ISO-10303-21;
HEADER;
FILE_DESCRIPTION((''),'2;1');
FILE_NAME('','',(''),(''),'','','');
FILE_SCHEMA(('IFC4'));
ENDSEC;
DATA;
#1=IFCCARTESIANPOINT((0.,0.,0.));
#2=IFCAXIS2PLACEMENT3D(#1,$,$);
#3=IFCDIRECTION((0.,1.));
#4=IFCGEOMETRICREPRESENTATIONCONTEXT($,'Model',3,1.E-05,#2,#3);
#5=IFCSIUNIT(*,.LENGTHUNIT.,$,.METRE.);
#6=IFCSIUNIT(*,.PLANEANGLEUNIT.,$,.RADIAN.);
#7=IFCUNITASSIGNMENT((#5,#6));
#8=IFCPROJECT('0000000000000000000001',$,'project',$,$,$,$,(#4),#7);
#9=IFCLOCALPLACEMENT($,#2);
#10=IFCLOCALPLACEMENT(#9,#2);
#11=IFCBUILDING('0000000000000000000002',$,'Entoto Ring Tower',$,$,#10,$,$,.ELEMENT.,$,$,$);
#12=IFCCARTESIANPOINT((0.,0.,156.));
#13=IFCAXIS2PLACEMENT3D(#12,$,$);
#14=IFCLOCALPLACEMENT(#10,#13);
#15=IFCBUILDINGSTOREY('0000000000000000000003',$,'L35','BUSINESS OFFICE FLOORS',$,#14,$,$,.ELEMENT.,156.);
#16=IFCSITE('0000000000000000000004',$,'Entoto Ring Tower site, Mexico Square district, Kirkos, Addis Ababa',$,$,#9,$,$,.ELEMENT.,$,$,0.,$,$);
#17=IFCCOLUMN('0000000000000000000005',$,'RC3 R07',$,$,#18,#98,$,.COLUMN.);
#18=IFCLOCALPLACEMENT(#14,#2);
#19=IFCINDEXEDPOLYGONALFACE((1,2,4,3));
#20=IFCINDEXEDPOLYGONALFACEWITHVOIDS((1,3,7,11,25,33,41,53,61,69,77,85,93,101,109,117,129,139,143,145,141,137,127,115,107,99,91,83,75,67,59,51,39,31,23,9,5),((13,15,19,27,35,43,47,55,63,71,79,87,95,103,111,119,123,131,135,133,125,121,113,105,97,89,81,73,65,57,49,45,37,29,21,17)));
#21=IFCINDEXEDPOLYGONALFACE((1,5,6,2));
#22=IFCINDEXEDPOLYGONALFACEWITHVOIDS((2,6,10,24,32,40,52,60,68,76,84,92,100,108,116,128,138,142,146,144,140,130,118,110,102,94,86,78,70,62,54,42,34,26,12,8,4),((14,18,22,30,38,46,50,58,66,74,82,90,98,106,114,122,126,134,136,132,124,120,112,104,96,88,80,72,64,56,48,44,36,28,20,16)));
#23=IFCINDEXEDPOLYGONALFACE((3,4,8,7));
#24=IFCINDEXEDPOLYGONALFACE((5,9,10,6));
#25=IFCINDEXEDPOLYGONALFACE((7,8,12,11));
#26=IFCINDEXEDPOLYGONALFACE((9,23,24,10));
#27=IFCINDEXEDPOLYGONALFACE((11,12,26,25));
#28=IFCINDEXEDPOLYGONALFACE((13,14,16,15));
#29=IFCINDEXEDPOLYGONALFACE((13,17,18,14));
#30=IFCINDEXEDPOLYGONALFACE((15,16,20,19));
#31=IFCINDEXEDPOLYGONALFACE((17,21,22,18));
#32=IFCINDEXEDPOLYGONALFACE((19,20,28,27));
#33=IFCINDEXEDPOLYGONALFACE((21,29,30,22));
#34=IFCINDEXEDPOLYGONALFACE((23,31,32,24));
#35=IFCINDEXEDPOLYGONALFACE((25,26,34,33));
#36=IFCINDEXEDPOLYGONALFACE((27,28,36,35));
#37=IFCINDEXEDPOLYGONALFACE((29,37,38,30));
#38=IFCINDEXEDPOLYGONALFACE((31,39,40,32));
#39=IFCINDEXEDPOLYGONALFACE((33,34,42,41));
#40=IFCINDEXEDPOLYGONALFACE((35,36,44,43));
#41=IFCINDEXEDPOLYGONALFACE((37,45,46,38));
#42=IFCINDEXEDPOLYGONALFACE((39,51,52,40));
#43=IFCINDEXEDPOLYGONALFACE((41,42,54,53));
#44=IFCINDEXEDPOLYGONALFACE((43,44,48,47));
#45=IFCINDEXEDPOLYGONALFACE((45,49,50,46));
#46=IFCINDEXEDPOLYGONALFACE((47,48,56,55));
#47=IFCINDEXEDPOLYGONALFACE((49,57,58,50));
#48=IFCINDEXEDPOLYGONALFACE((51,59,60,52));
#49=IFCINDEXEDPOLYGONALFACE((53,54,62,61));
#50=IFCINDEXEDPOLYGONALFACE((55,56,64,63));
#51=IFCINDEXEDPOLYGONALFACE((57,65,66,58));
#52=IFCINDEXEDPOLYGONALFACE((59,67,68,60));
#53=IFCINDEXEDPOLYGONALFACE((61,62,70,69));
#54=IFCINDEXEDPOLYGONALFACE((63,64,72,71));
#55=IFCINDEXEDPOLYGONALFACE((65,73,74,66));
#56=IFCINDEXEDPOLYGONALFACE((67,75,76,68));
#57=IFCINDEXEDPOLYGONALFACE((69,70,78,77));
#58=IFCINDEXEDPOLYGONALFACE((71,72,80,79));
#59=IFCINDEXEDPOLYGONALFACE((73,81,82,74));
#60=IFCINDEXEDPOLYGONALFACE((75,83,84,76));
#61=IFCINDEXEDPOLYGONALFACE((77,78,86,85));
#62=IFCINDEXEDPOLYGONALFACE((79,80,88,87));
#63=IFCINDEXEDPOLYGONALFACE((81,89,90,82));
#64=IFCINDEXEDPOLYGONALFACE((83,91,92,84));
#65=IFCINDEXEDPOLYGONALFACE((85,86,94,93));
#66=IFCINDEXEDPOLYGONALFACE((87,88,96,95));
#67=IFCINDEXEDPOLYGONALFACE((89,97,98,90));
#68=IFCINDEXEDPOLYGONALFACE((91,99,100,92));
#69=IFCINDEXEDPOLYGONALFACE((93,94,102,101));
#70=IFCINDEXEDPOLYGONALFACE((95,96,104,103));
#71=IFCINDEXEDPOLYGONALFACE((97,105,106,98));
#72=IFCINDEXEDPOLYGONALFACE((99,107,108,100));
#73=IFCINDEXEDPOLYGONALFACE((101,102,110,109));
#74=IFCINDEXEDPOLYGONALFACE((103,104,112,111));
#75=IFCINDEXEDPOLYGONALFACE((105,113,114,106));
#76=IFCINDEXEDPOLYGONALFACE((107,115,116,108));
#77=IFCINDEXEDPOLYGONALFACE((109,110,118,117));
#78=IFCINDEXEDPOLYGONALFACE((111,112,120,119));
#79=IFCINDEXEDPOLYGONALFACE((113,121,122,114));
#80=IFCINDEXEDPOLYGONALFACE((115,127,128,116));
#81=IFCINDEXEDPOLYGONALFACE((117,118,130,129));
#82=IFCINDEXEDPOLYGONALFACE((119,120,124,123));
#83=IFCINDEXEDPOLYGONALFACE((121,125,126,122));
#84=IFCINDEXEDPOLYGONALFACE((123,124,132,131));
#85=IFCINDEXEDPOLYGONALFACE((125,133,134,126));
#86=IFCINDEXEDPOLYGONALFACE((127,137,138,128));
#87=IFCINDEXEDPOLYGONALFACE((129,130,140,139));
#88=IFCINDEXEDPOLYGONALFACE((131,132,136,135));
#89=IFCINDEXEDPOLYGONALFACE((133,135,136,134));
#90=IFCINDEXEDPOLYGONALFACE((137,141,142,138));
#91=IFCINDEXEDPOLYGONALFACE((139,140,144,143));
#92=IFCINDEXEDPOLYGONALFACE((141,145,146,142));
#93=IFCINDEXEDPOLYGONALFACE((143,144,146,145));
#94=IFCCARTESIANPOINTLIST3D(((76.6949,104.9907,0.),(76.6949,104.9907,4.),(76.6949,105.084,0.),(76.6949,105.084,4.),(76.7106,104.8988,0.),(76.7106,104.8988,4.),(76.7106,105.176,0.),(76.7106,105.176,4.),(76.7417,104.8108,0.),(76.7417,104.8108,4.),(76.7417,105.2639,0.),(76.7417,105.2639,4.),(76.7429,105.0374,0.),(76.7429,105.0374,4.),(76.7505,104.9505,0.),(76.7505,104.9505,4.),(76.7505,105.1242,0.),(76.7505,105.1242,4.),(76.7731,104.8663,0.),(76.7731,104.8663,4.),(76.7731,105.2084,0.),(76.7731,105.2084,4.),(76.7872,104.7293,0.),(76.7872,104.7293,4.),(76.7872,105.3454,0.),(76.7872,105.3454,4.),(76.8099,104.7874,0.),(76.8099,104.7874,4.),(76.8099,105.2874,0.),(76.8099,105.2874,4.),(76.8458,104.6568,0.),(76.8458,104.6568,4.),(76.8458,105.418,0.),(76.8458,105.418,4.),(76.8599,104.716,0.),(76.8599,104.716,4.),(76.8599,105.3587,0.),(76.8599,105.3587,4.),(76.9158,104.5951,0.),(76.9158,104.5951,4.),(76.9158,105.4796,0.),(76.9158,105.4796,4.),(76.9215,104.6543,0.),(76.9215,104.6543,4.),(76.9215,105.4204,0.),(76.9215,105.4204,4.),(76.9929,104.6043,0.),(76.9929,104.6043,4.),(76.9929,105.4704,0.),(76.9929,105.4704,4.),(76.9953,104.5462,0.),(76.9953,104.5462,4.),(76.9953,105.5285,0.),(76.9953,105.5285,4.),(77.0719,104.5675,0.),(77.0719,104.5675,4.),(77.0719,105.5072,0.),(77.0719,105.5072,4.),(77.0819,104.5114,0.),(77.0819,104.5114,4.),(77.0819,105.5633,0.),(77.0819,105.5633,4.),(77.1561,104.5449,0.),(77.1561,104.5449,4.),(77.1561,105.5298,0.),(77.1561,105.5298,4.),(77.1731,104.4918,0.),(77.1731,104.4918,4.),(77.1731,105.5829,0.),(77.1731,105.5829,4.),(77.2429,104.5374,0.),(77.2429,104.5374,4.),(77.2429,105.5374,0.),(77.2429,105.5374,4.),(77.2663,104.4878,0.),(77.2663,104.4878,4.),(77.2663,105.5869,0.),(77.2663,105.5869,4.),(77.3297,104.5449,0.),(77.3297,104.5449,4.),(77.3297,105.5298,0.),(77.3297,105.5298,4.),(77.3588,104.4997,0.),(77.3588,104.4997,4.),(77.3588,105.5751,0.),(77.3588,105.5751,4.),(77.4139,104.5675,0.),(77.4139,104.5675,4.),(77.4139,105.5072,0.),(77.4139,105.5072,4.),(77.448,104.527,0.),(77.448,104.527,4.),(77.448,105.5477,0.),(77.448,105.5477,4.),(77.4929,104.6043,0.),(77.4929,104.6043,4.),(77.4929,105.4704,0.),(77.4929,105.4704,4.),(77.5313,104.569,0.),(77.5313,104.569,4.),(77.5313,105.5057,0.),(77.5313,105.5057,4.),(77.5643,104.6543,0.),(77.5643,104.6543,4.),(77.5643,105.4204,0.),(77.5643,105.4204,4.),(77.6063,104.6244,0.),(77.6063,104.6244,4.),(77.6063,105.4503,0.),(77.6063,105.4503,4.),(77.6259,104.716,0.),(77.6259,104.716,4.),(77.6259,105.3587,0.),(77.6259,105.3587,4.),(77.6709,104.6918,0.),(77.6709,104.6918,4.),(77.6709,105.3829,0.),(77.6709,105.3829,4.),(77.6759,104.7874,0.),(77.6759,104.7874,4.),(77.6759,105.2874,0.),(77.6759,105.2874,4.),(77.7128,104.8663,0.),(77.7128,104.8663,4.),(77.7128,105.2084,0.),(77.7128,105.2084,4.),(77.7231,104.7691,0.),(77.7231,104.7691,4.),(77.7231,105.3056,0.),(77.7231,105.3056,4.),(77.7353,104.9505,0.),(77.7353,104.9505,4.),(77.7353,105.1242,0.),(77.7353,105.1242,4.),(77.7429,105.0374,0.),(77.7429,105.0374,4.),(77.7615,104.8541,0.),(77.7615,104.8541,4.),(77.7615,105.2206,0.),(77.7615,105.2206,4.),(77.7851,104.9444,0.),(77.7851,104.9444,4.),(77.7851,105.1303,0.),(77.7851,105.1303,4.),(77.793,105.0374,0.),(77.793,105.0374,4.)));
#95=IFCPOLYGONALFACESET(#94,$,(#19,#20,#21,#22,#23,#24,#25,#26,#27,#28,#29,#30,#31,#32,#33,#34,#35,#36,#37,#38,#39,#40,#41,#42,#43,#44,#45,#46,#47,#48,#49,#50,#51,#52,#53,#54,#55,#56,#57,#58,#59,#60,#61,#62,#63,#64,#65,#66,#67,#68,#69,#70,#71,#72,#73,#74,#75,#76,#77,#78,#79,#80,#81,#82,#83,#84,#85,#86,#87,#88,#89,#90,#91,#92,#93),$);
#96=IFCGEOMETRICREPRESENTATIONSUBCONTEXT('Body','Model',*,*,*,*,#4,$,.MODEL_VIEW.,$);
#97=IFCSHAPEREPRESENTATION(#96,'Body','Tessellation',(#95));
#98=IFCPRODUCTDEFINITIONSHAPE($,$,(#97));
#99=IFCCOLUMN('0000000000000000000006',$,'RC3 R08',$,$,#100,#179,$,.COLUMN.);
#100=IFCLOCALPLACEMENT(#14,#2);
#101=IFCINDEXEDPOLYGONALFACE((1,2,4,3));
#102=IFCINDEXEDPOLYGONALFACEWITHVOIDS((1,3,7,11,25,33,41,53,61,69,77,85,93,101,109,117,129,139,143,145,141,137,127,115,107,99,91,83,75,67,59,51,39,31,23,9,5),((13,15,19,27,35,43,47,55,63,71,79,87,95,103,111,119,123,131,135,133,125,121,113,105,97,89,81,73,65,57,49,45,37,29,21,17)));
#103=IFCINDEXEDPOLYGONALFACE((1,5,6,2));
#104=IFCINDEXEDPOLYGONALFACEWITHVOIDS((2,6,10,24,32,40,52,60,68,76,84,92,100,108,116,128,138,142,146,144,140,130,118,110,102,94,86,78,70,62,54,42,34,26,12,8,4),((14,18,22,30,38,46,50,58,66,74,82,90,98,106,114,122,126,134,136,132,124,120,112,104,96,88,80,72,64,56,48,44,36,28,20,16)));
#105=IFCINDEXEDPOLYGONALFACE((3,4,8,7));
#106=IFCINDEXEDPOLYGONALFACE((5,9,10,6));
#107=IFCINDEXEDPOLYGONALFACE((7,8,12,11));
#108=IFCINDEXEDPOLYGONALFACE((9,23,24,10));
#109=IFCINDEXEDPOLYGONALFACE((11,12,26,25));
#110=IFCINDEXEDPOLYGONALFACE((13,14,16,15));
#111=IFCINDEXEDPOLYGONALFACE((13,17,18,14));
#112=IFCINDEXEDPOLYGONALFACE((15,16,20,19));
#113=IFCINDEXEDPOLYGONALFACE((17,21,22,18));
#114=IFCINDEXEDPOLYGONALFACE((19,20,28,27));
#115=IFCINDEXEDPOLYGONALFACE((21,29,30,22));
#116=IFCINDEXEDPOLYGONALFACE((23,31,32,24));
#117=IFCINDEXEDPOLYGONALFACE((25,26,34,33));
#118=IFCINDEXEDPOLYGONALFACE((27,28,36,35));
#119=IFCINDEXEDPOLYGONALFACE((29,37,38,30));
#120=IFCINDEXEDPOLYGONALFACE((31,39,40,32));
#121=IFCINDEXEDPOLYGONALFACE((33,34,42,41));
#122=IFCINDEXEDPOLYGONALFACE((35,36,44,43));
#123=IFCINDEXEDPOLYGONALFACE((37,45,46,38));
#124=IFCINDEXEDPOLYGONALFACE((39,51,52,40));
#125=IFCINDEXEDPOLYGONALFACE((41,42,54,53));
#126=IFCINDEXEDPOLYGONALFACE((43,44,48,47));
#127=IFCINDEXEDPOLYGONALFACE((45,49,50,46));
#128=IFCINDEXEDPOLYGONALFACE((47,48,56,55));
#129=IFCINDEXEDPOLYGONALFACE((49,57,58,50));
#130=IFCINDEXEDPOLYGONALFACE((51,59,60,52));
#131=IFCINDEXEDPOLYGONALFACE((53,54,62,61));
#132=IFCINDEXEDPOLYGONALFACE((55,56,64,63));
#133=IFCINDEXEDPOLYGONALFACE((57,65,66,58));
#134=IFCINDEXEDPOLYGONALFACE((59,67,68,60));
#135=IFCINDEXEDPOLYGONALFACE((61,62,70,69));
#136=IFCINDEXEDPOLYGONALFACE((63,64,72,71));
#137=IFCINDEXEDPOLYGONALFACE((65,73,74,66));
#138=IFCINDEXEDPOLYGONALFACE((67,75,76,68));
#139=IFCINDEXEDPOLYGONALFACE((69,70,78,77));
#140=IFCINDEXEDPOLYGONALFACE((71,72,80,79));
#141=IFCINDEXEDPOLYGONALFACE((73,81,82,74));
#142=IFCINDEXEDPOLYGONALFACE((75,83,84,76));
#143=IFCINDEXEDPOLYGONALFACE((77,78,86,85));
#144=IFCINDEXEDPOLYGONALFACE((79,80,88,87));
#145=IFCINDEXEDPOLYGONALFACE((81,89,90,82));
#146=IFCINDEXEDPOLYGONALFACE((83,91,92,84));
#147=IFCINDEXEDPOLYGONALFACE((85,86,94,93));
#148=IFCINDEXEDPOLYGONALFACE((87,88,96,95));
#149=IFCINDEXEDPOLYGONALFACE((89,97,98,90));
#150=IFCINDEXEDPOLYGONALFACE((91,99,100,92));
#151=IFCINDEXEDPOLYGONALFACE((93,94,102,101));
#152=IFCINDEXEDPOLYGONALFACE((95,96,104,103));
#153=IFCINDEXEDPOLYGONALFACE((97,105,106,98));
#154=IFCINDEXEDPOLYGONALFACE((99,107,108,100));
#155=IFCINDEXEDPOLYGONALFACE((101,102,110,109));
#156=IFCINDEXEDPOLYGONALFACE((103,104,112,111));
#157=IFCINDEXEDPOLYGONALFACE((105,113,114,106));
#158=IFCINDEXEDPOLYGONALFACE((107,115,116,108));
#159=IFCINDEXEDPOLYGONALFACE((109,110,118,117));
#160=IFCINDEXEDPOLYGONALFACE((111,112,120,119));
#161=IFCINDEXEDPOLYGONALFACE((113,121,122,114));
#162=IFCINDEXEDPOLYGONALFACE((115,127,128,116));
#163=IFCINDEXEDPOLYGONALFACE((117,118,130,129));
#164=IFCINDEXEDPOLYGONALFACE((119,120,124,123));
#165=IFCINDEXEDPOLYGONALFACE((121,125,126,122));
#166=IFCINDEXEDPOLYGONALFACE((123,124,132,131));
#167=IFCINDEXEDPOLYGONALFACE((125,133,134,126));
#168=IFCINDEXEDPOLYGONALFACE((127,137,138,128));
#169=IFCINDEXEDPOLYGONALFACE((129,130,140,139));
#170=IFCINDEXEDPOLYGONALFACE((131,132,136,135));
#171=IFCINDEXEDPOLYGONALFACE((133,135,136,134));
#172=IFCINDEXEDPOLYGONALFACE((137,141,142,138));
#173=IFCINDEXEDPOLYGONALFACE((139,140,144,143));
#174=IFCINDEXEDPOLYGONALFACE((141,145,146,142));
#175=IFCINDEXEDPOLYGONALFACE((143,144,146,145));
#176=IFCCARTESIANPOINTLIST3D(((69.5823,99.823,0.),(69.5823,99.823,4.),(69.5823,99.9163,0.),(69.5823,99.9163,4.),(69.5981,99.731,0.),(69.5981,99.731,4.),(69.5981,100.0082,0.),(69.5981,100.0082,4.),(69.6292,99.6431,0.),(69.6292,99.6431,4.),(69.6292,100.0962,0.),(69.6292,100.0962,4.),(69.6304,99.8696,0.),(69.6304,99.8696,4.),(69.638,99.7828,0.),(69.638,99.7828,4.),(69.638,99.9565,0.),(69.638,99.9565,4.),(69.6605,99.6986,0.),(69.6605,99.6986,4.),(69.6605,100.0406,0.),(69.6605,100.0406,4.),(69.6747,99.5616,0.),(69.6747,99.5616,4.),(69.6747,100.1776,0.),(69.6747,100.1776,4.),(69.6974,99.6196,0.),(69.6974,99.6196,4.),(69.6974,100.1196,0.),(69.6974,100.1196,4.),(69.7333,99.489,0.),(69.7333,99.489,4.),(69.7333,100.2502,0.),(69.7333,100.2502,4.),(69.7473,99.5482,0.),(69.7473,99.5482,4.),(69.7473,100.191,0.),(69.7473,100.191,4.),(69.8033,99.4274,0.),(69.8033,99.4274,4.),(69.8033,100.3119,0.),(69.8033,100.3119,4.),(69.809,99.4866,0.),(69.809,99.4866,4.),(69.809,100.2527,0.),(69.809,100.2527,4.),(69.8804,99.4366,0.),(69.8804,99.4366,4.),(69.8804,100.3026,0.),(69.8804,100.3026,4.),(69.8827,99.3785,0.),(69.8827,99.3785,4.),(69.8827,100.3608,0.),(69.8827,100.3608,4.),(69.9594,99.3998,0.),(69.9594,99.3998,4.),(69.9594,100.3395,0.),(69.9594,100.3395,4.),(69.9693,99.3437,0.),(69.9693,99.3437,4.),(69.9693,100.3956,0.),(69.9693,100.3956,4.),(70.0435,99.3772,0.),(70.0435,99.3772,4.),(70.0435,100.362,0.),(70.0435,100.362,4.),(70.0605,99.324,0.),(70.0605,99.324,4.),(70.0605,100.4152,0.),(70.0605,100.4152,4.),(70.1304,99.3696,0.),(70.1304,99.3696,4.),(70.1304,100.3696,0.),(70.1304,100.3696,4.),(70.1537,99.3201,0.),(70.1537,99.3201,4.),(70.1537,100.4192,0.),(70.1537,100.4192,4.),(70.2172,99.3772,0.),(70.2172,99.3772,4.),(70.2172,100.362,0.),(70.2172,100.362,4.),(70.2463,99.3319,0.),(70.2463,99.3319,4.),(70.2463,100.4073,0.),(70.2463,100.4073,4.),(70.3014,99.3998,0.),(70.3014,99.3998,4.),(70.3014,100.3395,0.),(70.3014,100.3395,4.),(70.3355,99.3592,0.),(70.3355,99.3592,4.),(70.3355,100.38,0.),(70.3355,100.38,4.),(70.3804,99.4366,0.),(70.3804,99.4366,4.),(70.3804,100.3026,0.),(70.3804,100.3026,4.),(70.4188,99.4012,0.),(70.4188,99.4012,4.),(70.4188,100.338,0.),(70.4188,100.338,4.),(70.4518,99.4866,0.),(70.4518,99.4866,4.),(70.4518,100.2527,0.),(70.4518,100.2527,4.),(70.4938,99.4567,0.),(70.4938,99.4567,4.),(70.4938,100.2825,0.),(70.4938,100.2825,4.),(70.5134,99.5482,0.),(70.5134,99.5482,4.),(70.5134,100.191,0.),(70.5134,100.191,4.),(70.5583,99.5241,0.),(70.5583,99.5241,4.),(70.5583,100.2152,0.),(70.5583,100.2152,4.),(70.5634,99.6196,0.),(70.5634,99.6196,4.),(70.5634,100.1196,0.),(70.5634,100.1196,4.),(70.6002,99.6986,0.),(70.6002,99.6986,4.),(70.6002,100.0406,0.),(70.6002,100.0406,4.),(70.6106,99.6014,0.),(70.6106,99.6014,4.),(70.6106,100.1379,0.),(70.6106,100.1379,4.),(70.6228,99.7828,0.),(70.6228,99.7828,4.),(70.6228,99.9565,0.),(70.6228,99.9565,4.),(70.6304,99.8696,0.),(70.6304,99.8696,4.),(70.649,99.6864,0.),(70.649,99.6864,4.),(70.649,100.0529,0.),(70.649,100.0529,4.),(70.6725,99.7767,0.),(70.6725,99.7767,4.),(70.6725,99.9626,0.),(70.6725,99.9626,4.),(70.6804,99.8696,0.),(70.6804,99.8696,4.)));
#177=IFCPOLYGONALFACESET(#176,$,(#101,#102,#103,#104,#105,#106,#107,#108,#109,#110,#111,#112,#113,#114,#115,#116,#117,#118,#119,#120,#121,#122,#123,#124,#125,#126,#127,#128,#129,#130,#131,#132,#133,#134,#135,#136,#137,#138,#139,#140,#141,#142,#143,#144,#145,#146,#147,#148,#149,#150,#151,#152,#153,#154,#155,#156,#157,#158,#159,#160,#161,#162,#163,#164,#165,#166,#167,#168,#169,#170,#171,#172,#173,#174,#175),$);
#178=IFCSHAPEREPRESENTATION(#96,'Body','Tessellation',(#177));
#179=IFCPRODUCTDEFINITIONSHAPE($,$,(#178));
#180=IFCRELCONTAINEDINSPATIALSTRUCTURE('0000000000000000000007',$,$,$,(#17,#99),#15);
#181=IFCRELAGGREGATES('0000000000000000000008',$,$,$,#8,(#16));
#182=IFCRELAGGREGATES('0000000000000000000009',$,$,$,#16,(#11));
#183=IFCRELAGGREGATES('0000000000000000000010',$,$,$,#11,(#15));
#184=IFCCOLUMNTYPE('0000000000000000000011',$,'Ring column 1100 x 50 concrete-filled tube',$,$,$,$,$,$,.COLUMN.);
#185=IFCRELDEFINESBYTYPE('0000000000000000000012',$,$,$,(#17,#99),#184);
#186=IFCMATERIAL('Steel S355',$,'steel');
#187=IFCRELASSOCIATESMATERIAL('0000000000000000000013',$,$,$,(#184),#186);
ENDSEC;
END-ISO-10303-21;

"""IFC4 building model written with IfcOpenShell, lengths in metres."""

from ifc_helpers import new_model, si_unit, direction, frame, origin, origin_2d, place, context, subcontext, project, spatial, circle, hollow_circle, extrude, material, material_profile, profile_set, type_object, element, save


model = new_model("IFC4")

# Units and contexts
model_context = context("Model", 3, precision=1e-05, world=origin(), true_north=direction((0.0, 1.0)))
body_context = subcontext(model_context, "Body", "Model", "MODEL_VIEW")
ifc_project = project(units=[si_unit("LENGTHUNIT", "METRE"), si_unit("PLANEANGLEUNIT", "RADIAN")], contexts=[model_context])

# Site, building, storey
site_placement = place(None, origin())
site = spatial("IfcSite", under=ifc_project, at=site_placement, Name="Entoto Ring Tower site, Mexico Square district, Kirkos, Addis Ababa", CompositionType="ELEMENT", RefElevation=0.0)
building_placement = place(site_placement, origin())
building = spatial("IfcBuilding", under=site, at=building_placement, Name="Entoto Ring Tower", CompositionType="ELEMENT")
storey_placement = place(building_placement, frame((0.0, 0.0, 156.0)))
storey = spatial("IfcBuildingStorey", under=building, at=storey_placement, Name="L35", Description="BUSINESS OFFICE FLOORS", CompositionType="ELEMENT", Elevation=156.0)

# Columns
ifc_material_1 = material(Name="Steel S355", Category="steel")
ifc_material_profile_1 = material_profile(ifc_material_1, hollow_circle(Radius=0.55, WallThickness=0.05, at=origin_2d()), Name="CHS 1100 x 50")
ifc_material_2 = material(Name="Concrete C60/75", Category="concrete")
ifc_material_profile_2 = material_profile(ifc_material_2, circle(Radius=0.5, at=origin_2d()), Name="Concrete C60/75 infill")
ifc_profile_set_1 = profile_set([ifc_material_profile_1, ifc_material_profile_2], Name="Steel S355")
column_type = type_object("IfcColumnType", Name="Ring column 1100 x 50 concrete-filled tube", PredefinedType="COLUMN", material=ifc_profile_set_1)
for number, where, z_axis, x_axis, name in (
    (1, (77.2429, 105.0374, 0.0), (0.0, 0.0, 1.0), (1.0, 0.0, 0.0), "RC3 R07"),
    (2, (70.1304, 99.8696, 0.0), (0.0, 0.0, 1.0), (1.0, 0.0, 0.0), "RC3 R08"),
):
    element("IfcColumn", number, at=place(storey_placement, frame(where, z_axis=z_axis, x_axis=x_axis)), inside=storey, type_object=column_type, Name=name, PredefinedType="COLUMN", context=body_context, shape_type="SweptSolid", body=[
        extrude(hollow_circle(Radius=0.55, WallThickness=0.05, at=origin_2d()), origin(), (0.0, 0.0, 1.0), 4.0),
    ])

save(model, "model.ifc")
